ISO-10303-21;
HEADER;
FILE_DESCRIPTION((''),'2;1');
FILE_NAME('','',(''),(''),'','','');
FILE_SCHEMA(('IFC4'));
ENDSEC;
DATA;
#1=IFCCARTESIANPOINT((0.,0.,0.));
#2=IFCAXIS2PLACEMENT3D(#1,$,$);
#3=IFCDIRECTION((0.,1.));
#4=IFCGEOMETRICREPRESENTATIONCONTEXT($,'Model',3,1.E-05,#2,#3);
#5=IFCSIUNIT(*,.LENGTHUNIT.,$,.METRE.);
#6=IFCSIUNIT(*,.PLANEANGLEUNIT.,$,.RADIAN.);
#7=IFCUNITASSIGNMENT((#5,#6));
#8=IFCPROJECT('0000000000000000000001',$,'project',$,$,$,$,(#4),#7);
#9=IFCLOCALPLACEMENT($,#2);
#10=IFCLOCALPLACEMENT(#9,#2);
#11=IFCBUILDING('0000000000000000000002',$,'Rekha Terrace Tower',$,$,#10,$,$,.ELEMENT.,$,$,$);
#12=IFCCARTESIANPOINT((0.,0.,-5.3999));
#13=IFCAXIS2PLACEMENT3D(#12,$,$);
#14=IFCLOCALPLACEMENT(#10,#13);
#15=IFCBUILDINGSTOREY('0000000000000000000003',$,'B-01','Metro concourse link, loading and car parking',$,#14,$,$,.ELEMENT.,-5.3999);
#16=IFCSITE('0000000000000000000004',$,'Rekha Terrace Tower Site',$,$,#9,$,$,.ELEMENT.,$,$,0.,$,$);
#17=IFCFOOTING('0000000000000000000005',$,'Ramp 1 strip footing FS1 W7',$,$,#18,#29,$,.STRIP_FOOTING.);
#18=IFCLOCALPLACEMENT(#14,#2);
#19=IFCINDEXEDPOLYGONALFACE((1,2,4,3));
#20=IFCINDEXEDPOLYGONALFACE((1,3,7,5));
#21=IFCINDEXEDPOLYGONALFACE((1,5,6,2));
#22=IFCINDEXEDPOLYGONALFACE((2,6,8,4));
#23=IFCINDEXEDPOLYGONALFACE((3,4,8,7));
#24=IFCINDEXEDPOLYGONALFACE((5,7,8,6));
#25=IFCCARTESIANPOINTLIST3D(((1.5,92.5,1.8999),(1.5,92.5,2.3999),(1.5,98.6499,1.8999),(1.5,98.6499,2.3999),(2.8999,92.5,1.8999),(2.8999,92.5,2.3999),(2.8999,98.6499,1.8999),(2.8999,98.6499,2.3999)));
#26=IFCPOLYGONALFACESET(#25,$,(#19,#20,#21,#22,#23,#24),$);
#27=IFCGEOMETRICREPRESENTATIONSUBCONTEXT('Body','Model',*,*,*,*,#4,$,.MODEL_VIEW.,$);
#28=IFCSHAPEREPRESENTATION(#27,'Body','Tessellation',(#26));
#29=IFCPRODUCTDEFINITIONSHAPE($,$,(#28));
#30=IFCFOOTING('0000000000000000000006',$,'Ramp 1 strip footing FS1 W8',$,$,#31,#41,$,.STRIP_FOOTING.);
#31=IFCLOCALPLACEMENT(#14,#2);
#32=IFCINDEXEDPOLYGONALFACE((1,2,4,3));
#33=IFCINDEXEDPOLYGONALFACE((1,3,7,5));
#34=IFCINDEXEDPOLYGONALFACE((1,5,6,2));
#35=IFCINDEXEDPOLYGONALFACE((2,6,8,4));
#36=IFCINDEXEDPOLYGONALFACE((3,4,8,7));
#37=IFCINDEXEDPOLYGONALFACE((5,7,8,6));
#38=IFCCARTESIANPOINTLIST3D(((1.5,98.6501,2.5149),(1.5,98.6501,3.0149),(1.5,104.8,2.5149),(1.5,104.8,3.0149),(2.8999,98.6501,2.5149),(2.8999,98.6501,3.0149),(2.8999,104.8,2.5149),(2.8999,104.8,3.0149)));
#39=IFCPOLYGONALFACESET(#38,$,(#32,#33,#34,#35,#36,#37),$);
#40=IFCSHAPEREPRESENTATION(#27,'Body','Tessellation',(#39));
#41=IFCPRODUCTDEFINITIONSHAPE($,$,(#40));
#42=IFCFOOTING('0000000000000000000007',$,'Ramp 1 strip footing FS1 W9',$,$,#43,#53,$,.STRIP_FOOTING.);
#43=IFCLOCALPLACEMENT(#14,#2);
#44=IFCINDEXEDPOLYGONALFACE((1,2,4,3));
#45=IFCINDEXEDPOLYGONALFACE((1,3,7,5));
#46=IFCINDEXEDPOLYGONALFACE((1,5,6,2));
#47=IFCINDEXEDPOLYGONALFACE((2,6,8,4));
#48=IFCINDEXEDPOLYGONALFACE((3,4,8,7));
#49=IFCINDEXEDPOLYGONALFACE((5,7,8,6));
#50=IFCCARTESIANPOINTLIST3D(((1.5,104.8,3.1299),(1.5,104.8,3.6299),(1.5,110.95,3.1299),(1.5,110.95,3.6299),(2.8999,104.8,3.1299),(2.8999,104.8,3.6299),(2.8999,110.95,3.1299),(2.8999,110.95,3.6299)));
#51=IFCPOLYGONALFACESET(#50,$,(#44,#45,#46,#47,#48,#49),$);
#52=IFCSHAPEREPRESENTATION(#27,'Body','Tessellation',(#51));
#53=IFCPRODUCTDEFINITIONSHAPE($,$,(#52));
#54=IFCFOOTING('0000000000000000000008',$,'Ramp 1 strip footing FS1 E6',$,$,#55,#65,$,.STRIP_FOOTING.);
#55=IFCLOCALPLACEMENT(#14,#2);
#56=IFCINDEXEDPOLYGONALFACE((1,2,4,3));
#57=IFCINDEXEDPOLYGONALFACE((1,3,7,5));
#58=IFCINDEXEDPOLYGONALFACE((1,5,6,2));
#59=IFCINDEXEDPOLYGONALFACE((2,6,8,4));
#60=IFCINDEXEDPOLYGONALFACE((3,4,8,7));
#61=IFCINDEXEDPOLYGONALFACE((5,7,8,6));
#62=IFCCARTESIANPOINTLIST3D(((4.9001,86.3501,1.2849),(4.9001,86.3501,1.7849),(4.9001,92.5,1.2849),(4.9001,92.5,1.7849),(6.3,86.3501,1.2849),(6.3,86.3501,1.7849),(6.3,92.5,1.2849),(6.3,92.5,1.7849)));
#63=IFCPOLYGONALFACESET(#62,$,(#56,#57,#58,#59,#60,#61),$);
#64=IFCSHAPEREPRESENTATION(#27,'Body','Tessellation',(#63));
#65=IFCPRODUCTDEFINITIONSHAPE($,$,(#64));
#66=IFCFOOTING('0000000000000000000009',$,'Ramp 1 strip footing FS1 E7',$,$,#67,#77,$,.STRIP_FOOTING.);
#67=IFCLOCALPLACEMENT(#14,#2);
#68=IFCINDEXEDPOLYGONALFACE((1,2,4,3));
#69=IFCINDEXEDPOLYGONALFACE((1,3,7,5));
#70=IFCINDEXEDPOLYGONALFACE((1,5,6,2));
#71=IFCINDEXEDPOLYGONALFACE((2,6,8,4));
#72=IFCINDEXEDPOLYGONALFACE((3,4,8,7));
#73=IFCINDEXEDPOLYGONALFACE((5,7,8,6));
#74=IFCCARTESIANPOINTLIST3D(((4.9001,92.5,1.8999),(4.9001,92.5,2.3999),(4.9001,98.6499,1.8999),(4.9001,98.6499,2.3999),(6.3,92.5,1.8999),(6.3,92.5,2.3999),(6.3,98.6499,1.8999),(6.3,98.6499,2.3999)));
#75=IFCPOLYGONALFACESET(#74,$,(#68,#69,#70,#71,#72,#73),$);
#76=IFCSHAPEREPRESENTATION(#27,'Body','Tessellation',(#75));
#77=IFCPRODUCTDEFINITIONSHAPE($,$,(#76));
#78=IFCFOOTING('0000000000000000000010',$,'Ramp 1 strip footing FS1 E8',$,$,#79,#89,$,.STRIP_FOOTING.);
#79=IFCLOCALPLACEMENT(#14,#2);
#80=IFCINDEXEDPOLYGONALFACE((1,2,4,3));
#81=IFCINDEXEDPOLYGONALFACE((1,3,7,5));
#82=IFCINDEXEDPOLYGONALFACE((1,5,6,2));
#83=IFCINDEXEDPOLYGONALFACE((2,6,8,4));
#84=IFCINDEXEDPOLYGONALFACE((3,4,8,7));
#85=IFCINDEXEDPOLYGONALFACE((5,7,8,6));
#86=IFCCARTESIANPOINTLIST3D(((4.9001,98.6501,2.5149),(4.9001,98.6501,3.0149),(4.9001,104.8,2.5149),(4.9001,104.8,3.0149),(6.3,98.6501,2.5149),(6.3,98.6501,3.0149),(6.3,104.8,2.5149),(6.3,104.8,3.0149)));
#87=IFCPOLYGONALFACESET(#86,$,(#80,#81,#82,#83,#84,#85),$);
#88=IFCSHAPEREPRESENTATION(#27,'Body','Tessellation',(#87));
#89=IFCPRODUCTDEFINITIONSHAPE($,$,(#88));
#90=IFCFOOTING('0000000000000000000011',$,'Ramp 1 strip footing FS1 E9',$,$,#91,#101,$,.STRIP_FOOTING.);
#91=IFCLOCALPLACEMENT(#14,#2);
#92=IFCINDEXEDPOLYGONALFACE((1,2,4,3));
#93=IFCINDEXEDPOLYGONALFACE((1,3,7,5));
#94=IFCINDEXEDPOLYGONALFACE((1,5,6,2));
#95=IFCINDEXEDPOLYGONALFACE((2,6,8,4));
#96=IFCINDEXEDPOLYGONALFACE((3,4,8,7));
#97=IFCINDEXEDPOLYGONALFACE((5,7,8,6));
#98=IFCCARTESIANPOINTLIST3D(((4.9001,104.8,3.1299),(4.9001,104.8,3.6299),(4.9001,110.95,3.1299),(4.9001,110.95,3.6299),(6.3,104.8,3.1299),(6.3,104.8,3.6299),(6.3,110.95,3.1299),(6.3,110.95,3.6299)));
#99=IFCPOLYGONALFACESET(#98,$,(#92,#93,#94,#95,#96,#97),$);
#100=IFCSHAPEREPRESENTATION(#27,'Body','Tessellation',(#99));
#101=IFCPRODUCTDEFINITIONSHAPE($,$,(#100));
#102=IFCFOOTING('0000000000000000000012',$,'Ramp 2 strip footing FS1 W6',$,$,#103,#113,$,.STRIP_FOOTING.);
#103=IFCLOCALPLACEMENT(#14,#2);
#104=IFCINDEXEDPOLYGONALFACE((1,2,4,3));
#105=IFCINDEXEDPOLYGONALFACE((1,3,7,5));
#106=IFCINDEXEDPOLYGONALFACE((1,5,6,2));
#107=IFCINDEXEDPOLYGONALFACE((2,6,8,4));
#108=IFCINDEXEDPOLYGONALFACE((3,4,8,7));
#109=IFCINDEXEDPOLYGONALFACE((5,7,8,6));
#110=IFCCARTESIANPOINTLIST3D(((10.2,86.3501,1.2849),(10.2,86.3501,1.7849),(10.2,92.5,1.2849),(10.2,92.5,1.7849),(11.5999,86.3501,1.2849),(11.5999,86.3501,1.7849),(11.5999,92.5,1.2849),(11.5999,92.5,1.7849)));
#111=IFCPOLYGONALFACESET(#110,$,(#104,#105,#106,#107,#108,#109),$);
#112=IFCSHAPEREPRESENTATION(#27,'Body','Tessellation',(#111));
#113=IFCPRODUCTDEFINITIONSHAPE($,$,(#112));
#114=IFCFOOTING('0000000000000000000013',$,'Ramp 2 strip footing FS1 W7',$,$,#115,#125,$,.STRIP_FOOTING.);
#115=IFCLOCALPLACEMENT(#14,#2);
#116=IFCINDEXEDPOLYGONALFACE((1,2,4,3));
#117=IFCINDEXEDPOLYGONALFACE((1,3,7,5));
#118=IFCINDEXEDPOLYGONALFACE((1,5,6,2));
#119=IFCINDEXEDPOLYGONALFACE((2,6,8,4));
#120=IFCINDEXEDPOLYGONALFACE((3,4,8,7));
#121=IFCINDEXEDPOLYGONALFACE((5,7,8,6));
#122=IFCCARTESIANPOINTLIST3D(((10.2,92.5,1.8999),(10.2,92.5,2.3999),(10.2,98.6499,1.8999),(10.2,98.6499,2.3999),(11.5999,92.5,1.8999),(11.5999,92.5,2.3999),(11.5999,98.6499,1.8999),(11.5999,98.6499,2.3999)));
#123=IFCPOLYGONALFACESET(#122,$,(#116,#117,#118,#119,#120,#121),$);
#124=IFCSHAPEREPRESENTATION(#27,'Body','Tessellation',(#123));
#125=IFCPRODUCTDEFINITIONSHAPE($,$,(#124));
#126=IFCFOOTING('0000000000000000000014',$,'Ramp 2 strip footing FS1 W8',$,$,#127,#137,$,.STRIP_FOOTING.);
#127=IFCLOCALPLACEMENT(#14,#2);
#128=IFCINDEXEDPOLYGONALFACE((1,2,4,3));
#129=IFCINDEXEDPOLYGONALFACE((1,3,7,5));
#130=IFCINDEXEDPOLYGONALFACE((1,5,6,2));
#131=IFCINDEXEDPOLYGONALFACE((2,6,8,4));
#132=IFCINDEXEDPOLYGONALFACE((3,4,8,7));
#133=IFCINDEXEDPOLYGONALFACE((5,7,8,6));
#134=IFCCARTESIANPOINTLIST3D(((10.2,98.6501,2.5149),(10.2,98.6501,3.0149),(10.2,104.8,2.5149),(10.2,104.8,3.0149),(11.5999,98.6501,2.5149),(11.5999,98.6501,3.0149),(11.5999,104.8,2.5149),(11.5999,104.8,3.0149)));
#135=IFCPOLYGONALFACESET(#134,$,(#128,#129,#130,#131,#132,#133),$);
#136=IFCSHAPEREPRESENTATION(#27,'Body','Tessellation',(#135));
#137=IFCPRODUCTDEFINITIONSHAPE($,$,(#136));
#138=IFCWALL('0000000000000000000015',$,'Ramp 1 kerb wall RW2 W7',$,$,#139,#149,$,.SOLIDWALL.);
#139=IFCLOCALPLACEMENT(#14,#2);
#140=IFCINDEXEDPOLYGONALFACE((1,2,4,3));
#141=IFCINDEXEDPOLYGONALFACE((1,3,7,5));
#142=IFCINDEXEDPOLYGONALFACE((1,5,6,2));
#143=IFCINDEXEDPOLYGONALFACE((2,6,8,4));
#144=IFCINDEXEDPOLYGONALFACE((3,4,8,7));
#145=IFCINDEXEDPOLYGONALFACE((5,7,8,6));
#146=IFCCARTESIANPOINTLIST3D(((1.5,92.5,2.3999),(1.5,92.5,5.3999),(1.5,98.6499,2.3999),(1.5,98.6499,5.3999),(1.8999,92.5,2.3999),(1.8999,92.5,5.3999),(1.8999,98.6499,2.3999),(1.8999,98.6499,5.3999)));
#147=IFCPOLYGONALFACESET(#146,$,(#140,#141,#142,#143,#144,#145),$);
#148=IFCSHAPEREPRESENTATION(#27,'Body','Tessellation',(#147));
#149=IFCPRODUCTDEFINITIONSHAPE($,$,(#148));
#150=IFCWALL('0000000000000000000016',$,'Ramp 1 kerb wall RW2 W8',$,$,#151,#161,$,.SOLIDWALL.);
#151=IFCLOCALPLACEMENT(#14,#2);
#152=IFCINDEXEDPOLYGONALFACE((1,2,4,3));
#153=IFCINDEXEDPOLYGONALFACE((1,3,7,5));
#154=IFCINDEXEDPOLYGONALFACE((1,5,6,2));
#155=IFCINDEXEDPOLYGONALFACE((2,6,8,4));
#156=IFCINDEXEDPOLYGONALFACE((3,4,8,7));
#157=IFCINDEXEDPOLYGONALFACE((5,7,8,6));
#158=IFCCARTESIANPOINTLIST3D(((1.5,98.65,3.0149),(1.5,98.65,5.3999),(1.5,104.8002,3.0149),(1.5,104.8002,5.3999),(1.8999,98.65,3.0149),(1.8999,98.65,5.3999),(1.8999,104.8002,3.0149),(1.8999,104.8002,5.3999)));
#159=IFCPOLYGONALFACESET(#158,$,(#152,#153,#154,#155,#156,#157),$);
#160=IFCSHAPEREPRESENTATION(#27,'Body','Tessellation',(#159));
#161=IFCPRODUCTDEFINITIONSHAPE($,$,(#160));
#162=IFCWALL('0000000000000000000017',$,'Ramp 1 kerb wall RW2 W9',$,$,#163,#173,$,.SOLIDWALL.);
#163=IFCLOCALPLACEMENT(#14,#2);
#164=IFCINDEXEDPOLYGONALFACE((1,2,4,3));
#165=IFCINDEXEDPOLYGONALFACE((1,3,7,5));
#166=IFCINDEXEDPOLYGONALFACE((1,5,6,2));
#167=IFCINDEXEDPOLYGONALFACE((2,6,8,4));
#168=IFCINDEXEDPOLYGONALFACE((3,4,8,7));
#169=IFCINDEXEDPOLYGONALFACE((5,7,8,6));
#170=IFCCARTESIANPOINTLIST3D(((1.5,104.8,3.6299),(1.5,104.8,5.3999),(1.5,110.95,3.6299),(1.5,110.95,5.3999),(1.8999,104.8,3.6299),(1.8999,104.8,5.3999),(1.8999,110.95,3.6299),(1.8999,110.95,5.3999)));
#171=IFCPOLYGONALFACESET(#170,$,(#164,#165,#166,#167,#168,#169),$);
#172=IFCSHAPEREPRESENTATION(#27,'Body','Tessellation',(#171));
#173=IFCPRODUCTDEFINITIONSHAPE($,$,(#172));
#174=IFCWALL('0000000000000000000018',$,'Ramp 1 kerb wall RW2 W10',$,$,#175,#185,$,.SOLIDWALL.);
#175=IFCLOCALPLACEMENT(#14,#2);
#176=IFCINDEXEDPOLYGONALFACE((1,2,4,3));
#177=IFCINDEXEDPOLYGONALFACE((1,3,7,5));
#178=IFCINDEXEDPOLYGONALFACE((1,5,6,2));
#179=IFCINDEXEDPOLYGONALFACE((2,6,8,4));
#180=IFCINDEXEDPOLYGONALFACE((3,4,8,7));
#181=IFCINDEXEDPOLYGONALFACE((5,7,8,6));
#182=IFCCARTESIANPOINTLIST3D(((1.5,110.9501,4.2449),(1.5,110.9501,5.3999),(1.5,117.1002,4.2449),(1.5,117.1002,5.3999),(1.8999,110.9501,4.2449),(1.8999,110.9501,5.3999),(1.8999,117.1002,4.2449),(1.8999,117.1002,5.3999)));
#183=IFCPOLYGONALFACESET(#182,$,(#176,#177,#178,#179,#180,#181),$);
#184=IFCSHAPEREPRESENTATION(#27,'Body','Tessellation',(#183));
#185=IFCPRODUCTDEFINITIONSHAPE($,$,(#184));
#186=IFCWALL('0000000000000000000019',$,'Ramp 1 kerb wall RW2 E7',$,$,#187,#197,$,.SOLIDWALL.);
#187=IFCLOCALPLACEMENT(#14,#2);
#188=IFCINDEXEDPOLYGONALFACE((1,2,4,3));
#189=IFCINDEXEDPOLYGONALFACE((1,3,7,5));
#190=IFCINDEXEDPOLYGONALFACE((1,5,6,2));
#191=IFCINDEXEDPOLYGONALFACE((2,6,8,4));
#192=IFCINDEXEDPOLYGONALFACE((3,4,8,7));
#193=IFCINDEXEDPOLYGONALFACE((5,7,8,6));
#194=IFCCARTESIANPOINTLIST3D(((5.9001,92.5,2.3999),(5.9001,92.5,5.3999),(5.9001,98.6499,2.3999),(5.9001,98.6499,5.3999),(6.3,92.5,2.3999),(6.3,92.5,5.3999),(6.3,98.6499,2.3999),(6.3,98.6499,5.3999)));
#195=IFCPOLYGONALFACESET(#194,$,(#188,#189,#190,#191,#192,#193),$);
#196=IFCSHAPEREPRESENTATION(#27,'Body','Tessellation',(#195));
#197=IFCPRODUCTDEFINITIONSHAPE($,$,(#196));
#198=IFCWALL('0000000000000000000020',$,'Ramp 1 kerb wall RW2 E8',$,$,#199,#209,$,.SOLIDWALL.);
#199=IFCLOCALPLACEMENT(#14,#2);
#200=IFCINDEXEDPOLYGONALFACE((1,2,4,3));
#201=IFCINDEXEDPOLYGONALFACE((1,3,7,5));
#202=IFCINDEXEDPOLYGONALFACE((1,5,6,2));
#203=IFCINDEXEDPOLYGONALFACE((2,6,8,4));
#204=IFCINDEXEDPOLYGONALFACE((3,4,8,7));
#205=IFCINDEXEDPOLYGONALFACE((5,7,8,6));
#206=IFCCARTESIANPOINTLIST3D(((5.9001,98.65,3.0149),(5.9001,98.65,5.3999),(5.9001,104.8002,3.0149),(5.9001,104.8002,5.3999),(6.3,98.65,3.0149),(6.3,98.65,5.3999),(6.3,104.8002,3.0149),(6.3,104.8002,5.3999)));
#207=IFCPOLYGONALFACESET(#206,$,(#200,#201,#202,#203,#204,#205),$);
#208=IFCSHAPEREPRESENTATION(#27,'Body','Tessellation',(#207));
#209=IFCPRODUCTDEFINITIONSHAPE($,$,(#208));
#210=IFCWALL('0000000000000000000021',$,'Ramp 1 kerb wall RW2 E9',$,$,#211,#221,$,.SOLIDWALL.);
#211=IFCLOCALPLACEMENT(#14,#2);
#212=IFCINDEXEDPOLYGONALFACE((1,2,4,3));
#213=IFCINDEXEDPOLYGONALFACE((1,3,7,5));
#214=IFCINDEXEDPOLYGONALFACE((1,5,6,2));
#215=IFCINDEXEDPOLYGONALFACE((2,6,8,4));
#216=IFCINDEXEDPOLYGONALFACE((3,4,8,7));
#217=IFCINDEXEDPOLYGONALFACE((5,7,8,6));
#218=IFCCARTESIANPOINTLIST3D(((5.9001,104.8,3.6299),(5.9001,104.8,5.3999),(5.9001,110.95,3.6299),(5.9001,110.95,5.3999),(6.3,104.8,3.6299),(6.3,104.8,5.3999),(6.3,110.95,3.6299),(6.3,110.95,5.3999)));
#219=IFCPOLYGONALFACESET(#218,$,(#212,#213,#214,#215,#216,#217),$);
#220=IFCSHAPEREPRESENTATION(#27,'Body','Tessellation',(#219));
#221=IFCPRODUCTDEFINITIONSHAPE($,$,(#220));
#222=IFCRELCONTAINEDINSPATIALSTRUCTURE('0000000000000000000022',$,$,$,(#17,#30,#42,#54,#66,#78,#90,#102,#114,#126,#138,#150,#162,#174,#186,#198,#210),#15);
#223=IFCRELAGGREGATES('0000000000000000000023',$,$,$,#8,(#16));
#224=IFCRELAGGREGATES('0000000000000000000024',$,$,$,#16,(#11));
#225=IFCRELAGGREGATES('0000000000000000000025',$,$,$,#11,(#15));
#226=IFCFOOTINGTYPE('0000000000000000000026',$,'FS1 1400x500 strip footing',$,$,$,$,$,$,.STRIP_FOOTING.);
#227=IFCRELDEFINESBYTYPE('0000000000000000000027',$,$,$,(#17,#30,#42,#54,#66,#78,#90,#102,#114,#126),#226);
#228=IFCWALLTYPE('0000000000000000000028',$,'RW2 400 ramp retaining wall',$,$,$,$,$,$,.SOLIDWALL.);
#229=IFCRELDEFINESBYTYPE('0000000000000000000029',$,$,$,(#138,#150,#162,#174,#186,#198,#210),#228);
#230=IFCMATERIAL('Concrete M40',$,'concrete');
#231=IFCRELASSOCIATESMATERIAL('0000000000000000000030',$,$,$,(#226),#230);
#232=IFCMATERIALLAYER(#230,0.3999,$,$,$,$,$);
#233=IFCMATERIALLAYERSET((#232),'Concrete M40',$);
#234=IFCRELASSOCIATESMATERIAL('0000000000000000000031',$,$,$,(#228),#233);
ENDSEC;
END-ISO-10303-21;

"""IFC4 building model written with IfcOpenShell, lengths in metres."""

from ifc_helpers import new_model, si_unit, direction, frame, frame_2d, origin, origin_2d, place, context, subcontext, project, spatial, rectangle, extrude, material, layer, layer_set, type_object, element, save


model = new_model("IFC4")

# Units and contexts
model_context = context("Model", 3, precision=1e-05, world=origin(), true_north=direction((0.0, 1.0)))
body_context = subcontext(model_context, "Body", "Model", "MODEL_VIEW")
ifc_project = project(units=[si_unit("LENGTHUNIT", "METRE"), si_unit("PLANEANGLEUNIT", "RADIAN")], contexts=[model_context])

# Site, building, storey
site_placement = place(None, origin())
site = spatial("IfcSite", under=ifc_project, at=site_placement, Name="Rekha Terrace Tower Site", CompositionType="ELEMENT", RefElevation=0.0)
building_placement = place(site_placement, origin())
building = spatial("IfcBuilding", under=site, at=building_placement, Name="Rekha Terrace Tower", CompositionType="ELEMENT")
storey_placement = place(building_placement, frame((0.0, 0.0, -5.3999)))
storey = spatial("IfcBuildingStorey", under=building, at=storey_placement, Name="B-01", Description="Metro concourse link, loading and car parking", CompositionType="ELEMENT", Elevation=-5.3999)

# Footings
ifc_material = material(Name="Concrete M40", Category="concrete")
footing_type = type_object("IfcFootingType", Name="FS1 1400x500 strip footing", PredefinedType="STRIP_FOOTING", material=ifc_material)
for number, where, z_axis, x_axis, name in (
    (1, (2.2, 95.575, 1.8999), (0.0, 0.0, 1.0), (1.0, 0.0, 0.0), "Ramp 1 strip footing FS1 W7"),
    (2, (2.2, 101.7251, 2.5149), (0.0, 0.0, 1.0), (1.0, 0.0, 0.0), "Ramp 1 strip footing FS1 W8"),
    (3, (2.2, 107.875, 3.1299), (0.0, 0.0, 1.0), (1.0, 0.0, 0.0), "Ramp 1 strip footing FS1 W9"),
    (4, (5.6001, 89.425, 1.2849), (0.0, 0.0, 1.0), (1.0, 0.0, 0.0), "Ramp 1 strip footing FS1 E6"),
    (5, (5.6001, 95.575, 1.8999), (0.0, 0.0, 1.0), (1.0, 0.0, 0.0), "Ramp 1 strip footing FS1 E7"),
    (6, (5.6001, 101.7251, 2.5149), (0.0, 0.0, 1.0), (1.0, 0.0, 0.0), "Ramp 1 strip footing FS1 E8"),
    (7, (5.6001, 107.875, 3.1299), (0.0, 0.0, 1.0), (1.0, 0.0, 0.0), "Ramp 1 strip footing FS1 E9"),
    (8, (10.8999, 89.425, 1.2849), (0.0, 0.0, 1.0), (1.0, 0.0, 0.0), "Ramp 2 strip footing FS1 W6"),
    (9, (10.8999, 95.575, 1.8999), (0.0, 0.0, 1.0), (1.0, 0.0, 0.0), "Ramp 2 strip footing FS1 W7"),
    (10, (10.8999, 101.7251, 2.5149), (0.0, 0.0, 1.0), (1.0, 0.0, 0.0), "Ramp 2 strip footing FS1 W8"),
):
    element("IfcFooting", number, at=place(storey_placement, frame(where, z_axis=z_axis, x_axis=x_axis)), inside=storey, type_object=footing_type, Name=name, PredefinedType="STRIP_FOOTING", context=body_context, shape_type="SweptSolid", body=[
        extrude(rectangle(XDim=1.3999, YDim=6.1499, at=origin_2d()), origin(), (0.0, 0.0, 1.0), 0.5),
    ])

# Walls
ifc_layer = layer(ifc_material, 0.3999)
ifc_layer_set = layer_set([ifc_layer], Name="Concrete M40")
wall_type = type_object("IfcWallType", Name="RW2 400 ramp retaining wall", PredefinedType="SOLIDWALL", material=ifc_layer_set)
wall_1_placement = place(storey_placement, frame((1.7, 92.5, 2.3999), z_axis=(0.0, 0.0, 1.0), x_axis=(0.0, 1.0, 0.0)))
element("IfcWall", 11, at=wall_1_placement, inside=storey, type_object=wall_type, Name="Ramp 1 kerb wall RW2 W7", PredefinedType="SOLIDWALL", context=body_context, shape_type="SweptSolid", body=[
    extrude(rectangle(XDim=6.1499, YDim=0.3999, at=frame_2d((3.075, 0.0))), origin(), (0.0, 0.0, 1.0), 3.0),
])
wall_2_placement = place(storey_placement, frame((1.7, 98.6499, 3.0149), z_axis=(0.0, 0.0, 1.0), x_axis=(0.0, 1.0, 0.0)))
element("IfcWall", 12, at=wall_2_placement, inside=storey, type_object=wall_type, Name="Ramp 1 kerb wall RW2 W8", PredefinedType="SOLIDWALL", context=body_context, shape_type="SweptSolid", body=[
    extrude(rectangle(XDim=6.1501, YDim=0.3999, at=frame_2d((3.0752, 0.0))), origin(), (0.0, 0.0, 1.0), 2.385),
])
wall_3_placement = place(storey_placement, frame((1.7, 104.8, 3.6299), z_axis=(0.0, 0.0, 1.0), x_axis=(0.0, 1.0, 0.0)))
element("IfcWall", 13, at=wall_3_placement, inside=storey, type_object=wall_type, Name="Ramp 1 kerb wall RW2 W9", PredefinedType="SOLIDWALL", context=body_context, shape_type="SweptSolid", body=[
    extrude(rectangle(XDim=6.1499, YDim=0.3999, at=frame_2d((3.075, 0.0))), origin(), (0.0, 0.0, 1.0), 1.77),
])
wall_4_placement = place(storey_placement, frame((1.7, 110.95, 4.2449), z_axis=(0.0, 0.0, 1.0), x_axis=(0.0, 1.0, 0.0)))
element("IfcWall", 14, at=wall_4_placement, inside=storey, type_object=wall_type, Name="Ramp 1 kerb wall RW2 W10", PredefinedType="SOLIDWALL", context=body_context, shape_type="SweptSolid", body=[
    extrude(rectangle(XDim=6.1501, YDim=0.3999, at=frame_2d((3.0752, 0.0))), origin(), (0.0, 0.0, 1.0), 1.155),
])
wall_5_placement = place(storey_placement, frame((6.1001, 92.5, 2.3999), z_axis=(0.0, 0.0, 1.0), x_axis=(0.0, 1.0, 0.0)))
element("IfcWall", 15, at=wall_5_placement, inside=storey, type_object=wall_type, Name="Ramp 1 kerb wall RW2 E7", PredefinedType="SOLIDWALL", context=body_context, shape_type="SweptSolid", body=[
    extrude(rectangle(XDim=6.1499, YDim=0.3999, at=frame_2d((3.075, 0.0))), origin(), (0.0, 0.0, 1.0), 3.0),
])
wall_6_placement = place(storey_placement, frame((6.1001, 98.6499, 3.0149), z_axis=(0.0, 0.0, 1.0), x_axis=(0.0, 1.0, 0.0)))
element("IfcWall", 16, at=wall_6_placement, inside=storey, type_object=wall_type, Name="Ramp 1 kerb wall RW2 E8", PredefinedType="SOLIDWALL", context=body_context, shape_type="SweptSolid", body=[
    extrude(rectangle(XDim=6.1501, YDim=0.3999, at=frame_2d((3.0752, 0.0))), origin(), (0.0, 0.0, 1.0), 2.385),
])
wall_7_placement = place(storey_placement, frame((6.1001, 104.8, 3.6299), z_axis=(0.0, 0.0, 1.0), x_axis=(0.0, 1.0, 0.0)))
element("IfcWall", 17, at=wall_7_placement, inside=storey, type_object=wall_type, Name="Ramp 1 kerb wall RW2 E9", PredefinedType="SOLIDWALL", context=body_context, shape_type="SweptSolid", body=[
    extrude(rectangle(XDim=6.1499, YDim=0.3999, at=frame_2d((3.075, 0.0))), origin(), (0.0, 0.0, 1.0), 1.77),
])

save(model, "model.ifc")
